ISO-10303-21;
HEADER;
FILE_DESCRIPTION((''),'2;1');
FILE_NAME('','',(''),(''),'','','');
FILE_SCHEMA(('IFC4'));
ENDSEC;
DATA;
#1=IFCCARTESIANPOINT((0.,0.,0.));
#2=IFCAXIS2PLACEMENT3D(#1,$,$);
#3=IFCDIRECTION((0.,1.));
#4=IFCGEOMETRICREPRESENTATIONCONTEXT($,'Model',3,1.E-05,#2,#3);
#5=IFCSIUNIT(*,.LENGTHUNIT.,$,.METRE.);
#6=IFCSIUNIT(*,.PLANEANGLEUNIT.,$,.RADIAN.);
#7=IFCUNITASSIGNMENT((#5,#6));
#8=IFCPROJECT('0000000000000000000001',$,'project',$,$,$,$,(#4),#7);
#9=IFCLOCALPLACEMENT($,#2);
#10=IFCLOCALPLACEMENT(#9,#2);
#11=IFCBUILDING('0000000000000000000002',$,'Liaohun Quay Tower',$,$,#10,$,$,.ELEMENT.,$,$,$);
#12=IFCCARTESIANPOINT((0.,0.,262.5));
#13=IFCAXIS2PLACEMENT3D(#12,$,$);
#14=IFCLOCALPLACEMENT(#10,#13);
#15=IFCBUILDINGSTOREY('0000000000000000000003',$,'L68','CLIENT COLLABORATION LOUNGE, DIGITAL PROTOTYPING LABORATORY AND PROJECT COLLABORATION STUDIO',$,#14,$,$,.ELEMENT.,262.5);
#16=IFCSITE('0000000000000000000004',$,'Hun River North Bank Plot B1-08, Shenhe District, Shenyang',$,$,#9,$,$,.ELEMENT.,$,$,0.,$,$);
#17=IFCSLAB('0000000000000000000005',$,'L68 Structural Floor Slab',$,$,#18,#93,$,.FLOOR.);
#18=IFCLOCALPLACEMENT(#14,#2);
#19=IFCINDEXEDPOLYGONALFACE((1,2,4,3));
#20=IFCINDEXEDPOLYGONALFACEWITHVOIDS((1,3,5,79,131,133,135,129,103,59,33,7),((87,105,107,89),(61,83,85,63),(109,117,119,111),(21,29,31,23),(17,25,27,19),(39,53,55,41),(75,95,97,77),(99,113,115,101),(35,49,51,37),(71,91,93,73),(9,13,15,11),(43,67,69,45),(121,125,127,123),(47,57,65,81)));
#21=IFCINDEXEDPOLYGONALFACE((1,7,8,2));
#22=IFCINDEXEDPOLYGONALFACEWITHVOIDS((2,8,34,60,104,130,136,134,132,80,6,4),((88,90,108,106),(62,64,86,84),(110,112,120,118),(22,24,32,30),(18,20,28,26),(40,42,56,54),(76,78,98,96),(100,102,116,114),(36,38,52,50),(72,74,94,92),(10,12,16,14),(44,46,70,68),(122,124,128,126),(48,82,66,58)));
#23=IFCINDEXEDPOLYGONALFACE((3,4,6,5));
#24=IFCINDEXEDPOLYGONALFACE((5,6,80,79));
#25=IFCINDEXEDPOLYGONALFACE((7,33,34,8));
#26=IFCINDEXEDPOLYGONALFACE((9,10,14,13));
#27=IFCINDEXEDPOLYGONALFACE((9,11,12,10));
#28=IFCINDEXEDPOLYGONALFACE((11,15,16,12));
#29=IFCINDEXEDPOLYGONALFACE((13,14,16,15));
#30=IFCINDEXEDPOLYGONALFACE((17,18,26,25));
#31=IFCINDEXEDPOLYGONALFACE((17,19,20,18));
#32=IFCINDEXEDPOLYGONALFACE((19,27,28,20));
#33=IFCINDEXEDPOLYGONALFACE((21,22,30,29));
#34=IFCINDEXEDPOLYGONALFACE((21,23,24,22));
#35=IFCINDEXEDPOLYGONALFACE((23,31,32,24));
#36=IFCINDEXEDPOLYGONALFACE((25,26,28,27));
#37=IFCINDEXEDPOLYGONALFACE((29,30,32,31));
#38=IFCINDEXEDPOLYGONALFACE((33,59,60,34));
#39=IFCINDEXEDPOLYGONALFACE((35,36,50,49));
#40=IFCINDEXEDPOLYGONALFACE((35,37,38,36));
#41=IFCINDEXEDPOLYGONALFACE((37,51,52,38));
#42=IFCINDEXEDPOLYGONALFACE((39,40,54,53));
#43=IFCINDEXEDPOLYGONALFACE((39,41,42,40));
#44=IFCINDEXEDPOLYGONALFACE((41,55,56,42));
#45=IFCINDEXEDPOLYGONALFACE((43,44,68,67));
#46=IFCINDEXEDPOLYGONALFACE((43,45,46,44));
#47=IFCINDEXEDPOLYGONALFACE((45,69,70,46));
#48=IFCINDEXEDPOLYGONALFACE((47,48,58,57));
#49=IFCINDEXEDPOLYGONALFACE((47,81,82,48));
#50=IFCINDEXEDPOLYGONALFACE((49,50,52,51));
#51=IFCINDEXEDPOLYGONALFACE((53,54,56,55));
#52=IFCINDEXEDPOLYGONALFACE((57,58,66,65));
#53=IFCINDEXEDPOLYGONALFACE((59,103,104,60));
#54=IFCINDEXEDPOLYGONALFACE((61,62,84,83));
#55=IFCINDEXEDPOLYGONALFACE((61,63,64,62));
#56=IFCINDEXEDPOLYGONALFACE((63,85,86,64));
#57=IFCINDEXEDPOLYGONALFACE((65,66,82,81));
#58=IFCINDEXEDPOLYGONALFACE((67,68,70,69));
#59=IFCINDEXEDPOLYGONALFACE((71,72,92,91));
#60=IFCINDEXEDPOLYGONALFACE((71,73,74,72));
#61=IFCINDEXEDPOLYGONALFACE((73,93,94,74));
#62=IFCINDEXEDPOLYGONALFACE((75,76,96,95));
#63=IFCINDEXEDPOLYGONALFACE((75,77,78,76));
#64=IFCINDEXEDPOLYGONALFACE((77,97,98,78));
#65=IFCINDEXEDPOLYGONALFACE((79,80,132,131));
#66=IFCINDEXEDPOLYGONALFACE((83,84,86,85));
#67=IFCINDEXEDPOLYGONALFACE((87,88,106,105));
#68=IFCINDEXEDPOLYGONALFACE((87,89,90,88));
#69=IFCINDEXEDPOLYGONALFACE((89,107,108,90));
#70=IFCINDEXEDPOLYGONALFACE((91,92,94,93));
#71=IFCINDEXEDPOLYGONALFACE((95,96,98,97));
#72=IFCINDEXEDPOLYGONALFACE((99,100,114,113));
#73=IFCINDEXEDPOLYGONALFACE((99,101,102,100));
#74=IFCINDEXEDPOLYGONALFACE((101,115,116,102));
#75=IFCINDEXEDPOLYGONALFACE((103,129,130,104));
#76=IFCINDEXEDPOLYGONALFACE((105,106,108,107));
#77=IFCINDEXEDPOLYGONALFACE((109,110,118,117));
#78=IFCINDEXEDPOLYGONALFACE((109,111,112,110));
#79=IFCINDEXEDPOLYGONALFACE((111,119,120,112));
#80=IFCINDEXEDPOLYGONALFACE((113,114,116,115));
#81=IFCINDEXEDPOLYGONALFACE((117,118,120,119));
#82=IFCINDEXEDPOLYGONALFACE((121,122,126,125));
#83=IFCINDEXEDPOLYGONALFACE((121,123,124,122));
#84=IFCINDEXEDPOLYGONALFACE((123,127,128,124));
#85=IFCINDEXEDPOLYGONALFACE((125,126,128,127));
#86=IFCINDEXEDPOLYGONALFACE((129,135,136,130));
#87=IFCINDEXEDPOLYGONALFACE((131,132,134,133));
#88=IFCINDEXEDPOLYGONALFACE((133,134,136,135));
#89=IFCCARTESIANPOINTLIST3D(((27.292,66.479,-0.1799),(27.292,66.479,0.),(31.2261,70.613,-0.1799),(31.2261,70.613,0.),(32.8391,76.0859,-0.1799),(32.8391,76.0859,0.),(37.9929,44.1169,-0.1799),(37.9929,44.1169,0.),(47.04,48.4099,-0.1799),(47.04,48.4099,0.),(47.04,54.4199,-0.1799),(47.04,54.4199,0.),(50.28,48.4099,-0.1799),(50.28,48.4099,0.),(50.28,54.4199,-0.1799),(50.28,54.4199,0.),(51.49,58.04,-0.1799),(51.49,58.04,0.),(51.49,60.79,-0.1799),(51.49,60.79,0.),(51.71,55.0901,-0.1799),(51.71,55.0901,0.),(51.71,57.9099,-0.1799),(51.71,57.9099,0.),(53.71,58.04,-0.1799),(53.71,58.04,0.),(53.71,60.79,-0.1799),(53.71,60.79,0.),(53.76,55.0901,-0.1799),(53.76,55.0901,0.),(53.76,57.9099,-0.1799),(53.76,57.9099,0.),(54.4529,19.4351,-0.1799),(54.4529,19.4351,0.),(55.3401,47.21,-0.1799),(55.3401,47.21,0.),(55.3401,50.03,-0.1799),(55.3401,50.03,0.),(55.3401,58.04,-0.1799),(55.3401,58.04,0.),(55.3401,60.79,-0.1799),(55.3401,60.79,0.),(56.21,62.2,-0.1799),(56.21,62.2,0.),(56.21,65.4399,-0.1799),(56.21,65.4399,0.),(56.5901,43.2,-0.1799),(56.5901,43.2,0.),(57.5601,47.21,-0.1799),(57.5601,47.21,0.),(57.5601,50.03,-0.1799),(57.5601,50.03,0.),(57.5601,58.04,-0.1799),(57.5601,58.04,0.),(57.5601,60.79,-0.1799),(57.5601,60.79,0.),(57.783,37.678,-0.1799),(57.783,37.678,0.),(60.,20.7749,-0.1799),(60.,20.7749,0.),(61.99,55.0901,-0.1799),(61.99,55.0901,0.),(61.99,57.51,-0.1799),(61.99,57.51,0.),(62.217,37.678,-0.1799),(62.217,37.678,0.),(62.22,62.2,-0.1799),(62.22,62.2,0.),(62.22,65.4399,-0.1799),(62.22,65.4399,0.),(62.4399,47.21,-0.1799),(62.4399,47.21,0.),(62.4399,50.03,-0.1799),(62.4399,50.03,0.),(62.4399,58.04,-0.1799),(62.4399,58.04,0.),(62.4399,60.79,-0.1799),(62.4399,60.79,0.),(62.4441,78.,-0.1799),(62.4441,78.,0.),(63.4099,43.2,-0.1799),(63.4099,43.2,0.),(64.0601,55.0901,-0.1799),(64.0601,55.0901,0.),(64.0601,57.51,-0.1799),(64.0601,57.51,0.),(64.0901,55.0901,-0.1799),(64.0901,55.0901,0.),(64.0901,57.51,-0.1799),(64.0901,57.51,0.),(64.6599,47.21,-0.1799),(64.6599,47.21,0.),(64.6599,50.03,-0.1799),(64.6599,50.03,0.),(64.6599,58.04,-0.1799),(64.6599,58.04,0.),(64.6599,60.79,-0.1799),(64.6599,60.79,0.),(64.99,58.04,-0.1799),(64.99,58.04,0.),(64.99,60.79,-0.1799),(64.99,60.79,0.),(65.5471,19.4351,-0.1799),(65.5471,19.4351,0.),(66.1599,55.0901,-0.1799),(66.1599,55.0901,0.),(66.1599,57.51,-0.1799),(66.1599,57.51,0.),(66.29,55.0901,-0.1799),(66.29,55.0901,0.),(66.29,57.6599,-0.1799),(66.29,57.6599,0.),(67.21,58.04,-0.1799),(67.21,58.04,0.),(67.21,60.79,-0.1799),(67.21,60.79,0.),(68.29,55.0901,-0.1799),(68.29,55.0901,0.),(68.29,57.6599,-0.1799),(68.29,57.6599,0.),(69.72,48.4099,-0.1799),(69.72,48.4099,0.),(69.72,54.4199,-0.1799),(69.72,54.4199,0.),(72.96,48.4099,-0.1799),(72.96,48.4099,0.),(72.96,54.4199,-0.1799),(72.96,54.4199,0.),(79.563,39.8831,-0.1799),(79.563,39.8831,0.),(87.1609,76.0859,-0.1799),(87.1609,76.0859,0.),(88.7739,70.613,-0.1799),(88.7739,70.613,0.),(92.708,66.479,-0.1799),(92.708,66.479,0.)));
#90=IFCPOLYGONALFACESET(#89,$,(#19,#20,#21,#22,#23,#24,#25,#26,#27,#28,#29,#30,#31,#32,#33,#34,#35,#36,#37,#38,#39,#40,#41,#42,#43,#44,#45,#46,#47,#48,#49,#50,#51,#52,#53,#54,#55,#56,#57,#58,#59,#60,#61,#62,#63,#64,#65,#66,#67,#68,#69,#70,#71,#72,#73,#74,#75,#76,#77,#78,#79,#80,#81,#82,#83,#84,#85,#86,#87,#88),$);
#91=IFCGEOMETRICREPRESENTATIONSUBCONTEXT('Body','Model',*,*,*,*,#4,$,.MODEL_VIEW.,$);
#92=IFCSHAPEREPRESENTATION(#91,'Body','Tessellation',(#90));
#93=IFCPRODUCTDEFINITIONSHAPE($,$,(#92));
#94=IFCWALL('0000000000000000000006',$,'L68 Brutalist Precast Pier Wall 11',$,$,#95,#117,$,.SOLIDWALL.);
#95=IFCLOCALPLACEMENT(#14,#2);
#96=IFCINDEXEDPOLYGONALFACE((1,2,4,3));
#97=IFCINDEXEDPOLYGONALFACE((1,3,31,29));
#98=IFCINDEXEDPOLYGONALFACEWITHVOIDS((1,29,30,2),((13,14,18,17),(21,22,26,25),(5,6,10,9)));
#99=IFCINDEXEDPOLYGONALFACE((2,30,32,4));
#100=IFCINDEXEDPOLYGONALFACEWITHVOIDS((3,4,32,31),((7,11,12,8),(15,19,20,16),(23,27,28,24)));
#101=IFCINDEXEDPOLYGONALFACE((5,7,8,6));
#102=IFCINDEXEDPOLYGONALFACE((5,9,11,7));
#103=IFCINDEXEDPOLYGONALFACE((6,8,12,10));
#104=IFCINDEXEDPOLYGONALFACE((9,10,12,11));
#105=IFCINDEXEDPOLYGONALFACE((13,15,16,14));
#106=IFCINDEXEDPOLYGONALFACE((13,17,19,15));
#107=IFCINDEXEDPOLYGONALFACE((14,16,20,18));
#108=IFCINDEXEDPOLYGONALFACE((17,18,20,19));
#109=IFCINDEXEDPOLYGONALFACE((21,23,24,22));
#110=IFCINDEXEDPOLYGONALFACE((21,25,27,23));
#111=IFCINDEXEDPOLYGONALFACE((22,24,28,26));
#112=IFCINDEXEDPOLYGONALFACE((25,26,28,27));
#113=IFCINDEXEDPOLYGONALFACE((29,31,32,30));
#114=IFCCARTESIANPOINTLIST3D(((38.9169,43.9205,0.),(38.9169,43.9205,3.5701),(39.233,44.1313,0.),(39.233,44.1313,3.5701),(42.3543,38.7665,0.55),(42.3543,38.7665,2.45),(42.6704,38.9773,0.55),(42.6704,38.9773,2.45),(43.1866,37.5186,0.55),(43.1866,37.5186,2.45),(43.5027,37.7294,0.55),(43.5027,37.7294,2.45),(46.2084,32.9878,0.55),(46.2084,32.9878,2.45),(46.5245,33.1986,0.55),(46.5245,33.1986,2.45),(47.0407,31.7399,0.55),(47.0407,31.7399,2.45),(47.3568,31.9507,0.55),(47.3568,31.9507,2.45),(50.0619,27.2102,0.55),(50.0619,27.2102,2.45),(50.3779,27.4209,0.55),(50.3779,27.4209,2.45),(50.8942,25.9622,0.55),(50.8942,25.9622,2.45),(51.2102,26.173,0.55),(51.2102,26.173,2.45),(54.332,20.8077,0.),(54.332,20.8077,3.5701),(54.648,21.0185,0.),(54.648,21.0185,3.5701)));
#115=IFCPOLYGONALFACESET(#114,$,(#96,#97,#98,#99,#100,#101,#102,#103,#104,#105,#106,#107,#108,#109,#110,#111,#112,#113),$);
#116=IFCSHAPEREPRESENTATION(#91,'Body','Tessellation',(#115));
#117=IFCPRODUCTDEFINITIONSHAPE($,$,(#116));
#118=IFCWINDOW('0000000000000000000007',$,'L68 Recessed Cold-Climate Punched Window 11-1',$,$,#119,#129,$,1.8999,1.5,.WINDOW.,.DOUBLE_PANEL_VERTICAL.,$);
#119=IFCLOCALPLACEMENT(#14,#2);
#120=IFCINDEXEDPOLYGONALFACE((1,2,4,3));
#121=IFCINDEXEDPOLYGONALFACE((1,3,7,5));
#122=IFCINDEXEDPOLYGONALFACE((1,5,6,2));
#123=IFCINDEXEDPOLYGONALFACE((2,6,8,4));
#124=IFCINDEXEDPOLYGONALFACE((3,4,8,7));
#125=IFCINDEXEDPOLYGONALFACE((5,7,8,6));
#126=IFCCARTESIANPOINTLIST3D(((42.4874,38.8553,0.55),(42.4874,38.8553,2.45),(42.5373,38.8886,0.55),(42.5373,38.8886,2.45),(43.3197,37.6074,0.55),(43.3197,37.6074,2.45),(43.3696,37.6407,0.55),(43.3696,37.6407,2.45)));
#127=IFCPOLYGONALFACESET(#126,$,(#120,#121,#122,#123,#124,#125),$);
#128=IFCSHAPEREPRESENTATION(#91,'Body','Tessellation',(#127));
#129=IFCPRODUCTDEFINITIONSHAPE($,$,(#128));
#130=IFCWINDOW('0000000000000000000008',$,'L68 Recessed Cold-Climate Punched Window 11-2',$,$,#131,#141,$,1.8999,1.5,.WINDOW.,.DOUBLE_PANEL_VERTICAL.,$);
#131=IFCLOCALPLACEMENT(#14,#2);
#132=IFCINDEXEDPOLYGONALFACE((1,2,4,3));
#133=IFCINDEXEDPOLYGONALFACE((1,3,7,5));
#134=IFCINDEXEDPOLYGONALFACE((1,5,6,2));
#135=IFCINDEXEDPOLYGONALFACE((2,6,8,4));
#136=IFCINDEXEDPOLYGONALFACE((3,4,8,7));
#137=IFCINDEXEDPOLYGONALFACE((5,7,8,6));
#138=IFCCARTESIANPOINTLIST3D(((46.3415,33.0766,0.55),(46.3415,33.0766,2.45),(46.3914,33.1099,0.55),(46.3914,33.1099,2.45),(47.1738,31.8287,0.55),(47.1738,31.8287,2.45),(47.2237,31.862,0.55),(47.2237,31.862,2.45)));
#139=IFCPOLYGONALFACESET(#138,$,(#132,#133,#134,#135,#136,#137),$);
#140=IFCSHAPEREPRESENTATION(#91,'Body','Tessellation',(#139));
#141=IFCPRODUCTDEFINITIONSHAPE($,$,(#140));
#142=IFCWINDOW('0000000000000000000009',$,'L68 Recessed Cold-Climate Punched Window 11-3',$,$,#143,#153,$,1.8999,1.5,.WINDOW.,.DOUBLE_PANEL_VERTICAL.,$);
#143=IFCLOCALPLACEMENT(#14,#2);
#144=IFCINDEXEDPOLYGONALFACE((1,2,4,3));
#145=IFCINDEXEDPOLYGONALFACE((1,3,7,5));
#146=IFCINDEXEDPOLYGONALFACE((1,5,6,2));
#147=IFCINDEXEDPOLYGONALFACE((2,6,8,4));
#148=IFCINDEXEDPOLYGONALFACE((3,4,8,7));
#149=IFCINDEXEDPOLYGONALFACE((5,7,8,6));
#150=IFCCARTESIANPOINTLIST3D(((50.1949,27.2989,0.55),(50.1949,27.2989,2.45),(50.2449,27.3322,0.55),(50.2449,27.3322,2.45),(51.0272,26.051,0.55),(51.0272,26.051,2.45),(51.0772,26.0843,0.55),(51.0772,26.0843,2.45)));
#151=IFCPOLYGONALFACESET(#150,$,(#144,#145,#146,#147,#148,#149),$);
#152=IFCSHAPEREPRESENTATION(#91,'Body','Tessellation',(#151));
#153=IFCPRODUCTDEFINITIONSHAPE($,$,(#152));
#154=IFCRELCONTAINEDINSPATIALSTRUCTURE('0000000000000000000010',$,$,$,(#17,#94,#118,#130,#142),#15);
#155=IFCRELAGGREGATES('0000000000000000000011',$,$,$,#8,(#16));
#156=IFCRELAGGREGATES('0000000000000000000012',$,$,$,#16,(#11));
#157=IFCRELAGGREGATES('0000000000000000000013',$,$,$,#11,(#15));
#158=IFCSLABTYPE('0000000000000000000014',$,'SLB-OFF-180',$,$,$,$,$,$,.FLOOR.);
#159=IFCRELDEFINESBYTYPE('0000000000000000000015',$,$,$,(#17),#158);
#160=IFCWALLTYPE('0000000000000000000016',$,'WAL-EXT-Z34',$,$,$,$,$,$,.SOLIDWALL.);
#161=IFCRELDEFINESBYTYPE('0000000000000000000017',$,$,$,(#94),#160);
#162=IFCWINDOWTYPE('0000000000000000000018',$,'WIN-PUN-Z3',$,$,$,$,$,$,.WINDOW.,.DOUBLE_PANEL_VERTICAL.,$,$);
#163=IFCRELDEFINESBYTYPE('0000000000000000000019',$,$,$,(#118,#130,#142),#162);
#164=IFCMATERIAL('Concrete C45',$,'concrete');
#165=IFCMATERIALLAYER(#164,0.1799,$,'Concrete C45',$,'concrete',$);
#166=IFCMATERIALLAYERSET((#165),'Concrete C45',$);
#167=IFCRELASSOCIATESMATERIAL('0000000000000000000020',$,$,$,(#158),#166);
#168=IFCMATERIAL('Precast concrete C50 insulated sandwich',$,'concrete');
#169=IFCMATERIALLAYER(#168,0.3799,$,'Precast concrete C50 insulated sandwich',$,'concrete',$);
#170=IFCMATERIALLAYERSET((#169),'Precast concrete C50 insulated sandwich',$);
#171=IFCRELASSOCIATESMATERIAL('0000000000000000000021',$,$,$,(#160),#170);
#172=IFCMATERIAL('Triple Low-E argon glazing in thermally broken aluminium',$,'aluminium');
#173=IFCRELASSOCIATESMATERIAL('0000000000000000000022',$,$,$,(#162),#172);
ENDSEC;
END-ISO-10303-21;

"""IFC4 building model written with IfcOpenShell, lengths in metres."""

from ifc_helpers import new_model, si_unit, direction, frame, frame_2d, origin, place, context, subcontext, project, spatial, polyline, rectangle, outline, extrude, source, transform, mapped, material, layer, layer_set, type_object, element, fill, save


model = new_model("IFC4")

# Units and contexts
model_context = context("Model", 3, precision=1e-05, world=origin(), true_north=direction((0.0, 1.0)))
body_context = subcontext(model_context, "Body", "Model", "MODEL_VIEW")
ifc_project = project(units=[si_unit("LENGTHUNIT", "METRE"), si_unit("PLANEANGLEUNIT", "RADIAN")], contexts=[model_context])

# Site, building, storey
site_placement = place(None, origin())
site = spatial("IfcSite", under=ifc_project, at=site_placement, Name="Hun River North Bank Plot B1-08, Shenhe District, Shenyang", CompositionType="ELEMENT", RefElevation=0.0)
building_placement = place(site_placement, origin())
building = spatial("IfcBuilding", under=site, at=building_placement, Name="Liaohun Quay Tower", CompositionType="ELEMENT")
storey_placement = place(building_placement, frame((0.0, 0.0, 262.5)))
storey = spatial("IfcBuildingStorey", under=building, at=storey_placement, Name="L68", Description="CLIENT COLLABORATION LOUNGE, DIGITAL PROTOTYPING LABORATORY AND PROJECT COLLABORATION STUDIO", CompositionType="ELEMENT", Elevation=262.5)

# Shared definitions
ifc_material_1 = material(Name="Concrete C45", Category="concrete")

# Slab
ifc_layer_1 = layer(ifc_material_1, 0.1799, Name="Concrete C45", Category="concrete")
ifc_layer_set_1 = layer_set([ifc_layer_1], Name="Concrete C45")
slab_type_1 = type_object("IfcSlabType", Name="SLB-OFF-180", PredefinedType="FLOOR", material=ifc_layer_set_1)
slab_1_placement = place(storey_placement, frame((0.0, 0.0, -0.1799)))
element("IfcSlab", 1, at=slab_1_placement, inside=storey, type_object=slab_type_1, Name="L68 Structural Floor Slab", PredefinedType="FLOOR", context=body_context, shape_type="SweptSolid", body=[
    extrude(outline(polyline([(54.4529, 19.4351), (60.0, 20.7749), (65.5471, 19.4351), (79.563, 39.8831), (92.708, 66.479), (88.7739, 70.613), (87.1609, 76.0859), (62.4441, 78.0), (32.8391, 76.0859), (31.2261, 70.613), (27.292, 66.479), (37.9929, 44.1169), (54.4529, 19.4351)]), holes=[polyline([(63.4099, 43.2), (56.5901, 43.2), (57.783, 37.678), (62.217, 37.678), (63.4099, 43.2)]), polyline([(57.5601, 47.21), (57.5601, 50.03), (55.3401, 50.03), (55.3401, 47.21), (57.5601, 47.21)]), polyline([(50.28, 54.4199), (47.04, 54.4199), (47.04, 48.4099), (50.28, 48.4099), (50.28, 54.4199)]), polyline([(53.76, 55.0901), (53.76, 57.9099), (51.71, 57.9099), (51.71, 55.0901), (53.76, 55.0901)]), polyline([(53.71, 58.04), (53.71, 60.79), (51.49, 60.79), (51.49, 58.04), (53.71, 58.04)]), polyline([(57.5601, 58.04), (57.5601, 60.79), (55.3401, 60.79), (55.3401, 58.04), (57.5601, 58.04)]), polyline([(62.22, 62.2), (62.22, 65.4399), (56.21, 65.4399), (56.21, 62.2), (62.22, 62.2)]), polyline([(64.6599, 50.03), (62.4399, 50.03), (62.4399, 47.21), (64.6599, 47.21), (64.6599, 50.03)]), polyline([(72.96, 54.4199), (69.72, 54.4199), (69.72, 48.4099), (72.96, 48.4099), (72.96, 54.4199)]), polyline([(64.0601, 55.0901), (64.0601, 57.51), (61.99, 57.51), (61.99, 55.0901), (64.0601, 55.0901)]), polyline([(66.1599, 55.0901), (66.1599, 57.51), (64.0901, 57.51), (64.0901, 55.0901), (66.1599, 55.0901)]), polyline([(68.29, 55.0901), (68.29, 57.6599), (66.29, 57.6599), (66.29, 55.0901), (68.29, 55.0901)]), polyline([(64.6599, 58.04), (64.6599, 60.79), (62.4399, 60.79), (62.4399, 58.04), (64.6599, 58.04)]), polyline([(67.21, 58.04), (67.21, 60.79), (64.99, 60.79), (64.99, 58.04), (67.21, 58.04)])]), origin(), (0.0, 0.0, 1.0), 0.1799),
])

# Wall, openings, windows
ifc_material_2 = material(Name="Precast concrete C50 insulated sandwich", Category="concrete")
ifc_layer_2 = layer(ifc_material_2, 0.3799, Name="Precast concrete C50 insulated sandwich", Category="concrete")
ifc_layer_set_2 = layer_set([ifc_layer_2], Name="Precast concrete C50 insulated sandwich")
wall_type_1 = type_object("IfcWallType", Name="WAL-EXT-Z34", PredefinedType="SOLIDWALL", material=ifc_layer_set_2)
wall_1_placement = place(storey_placement, frame((39.075, 44.0259, 0.0), z_axis=(0.0, 0.0, 1.0), x_axis=(0.554862, -0.831942, 0.0)))
wall_1 = element("IfcWall", 2, at=wall_1_placement, inside=storey, type_object=wall_type_1, Name="L68 Brutalist Precast Pier Wall 11", PredefinedType="SOLIDWALL", context=body_context, shape_type="SweptSolid", body=[
    extrude(rectangle(XDim=27.7817, YDim=0.3799, at=frame_2d((13.8909, 0.0))), origin(), (0.0, 0.0, 1.0), 3.5701),
])
shared_shape_1 = source(origin(), body_context, "Body", "SweptSolid", [
    extrude(rectangle(XDim=1.5, YDim=1.8999, at=frame_2d((0.75, 0.95))), frame((0.0, 0.2, 0.0), z_axis=(0.0, -1.0, 0.0), x_axis=(1.0, 0.0, 0.0)), (0.0, 0.0, 1.0), 0.3999),
])
opening_1_placement = place(wall_1_placement, frame((6.1951, 0.0, 0.55)))
opening_1 = element("IfcOpeningElement", 3, at=opening_1_placement, cuts=wall_1, PredefinedType="OPENING", context=body_context, shape_type="MappedRepresentation", body=[
    mapped(shared_shape_1, transform((0.0, 0.0, 0.0), x_axis=(1.0, 0.0, 0.0), y_axis=(0.0, 1.0, 0.0), z_axis=(0.0, 0.0, 1.0), scale=1.0)),
])
opening_2_placement = place(wall_1_placement, frame((13.1411, 0.0, 0.55)))
opening_2 = element("IfcOpeningElement", 4, at=opening_2_placement, cuts=wall_1, PredefinedType="OPENING", context=body_context, shape_type="MappedRepresentation", body=[
    mapped(shared_shape_1, transform((0.0, 0.0, 0.0), x_axis=(1.0, 0.0, 0.0), y_axis=(0.0, 1.0, 0.0), z_axis=(0.0, 0.0, 1.0), scale=1.0)),
])
opening_3_placement = place(wall_1_placement, frame((20.0859, 0.0, 0.55)))
opening_3 = element("IfcOpeningElement", 5, at=opening_3_placement, cuts=wall_1, PredefinedType="OPENING", context=body_context, shape_type="MappedRepresentation", body=[
    mapped(shared_shape_1, transform((0.0, 0.0, 0.0), x_axis=(1.0, 0.0, 0.0), y_axis=(0.0, 1.0, 0.0), z_axis=(0.0, 0.0, 1.0), scale=1.0)),
])
ifc_material_3 = material(Name="Triple Low-E argon glazing in thermally broken aluminium", Category="aluminium")
window_type = type_object("IfcWindowType", Name="WIN-PUN-Z3", PartitioningType="DOUBLE_PANEL_VERTICAL", PredefinedType="WINDOW", material=ifc_material_3)
shared_shape_2 = source(origin(), body_context, "Body", "SweptSolid", [
    extrude(rectangle(XDim=1.5, YDim=1.8999, at=frame_2d((0.75, 0.95))), frame((0.0, 0.03, 0.0), z_axis=(0.0, -1.0, 0.0), x_axis=(1.0, 0.0, 0.0)), (0.0, 0.0, 1.0), 0.0601),
])
window_1_placement = place(opening_1_placement, origin())
window_1 = element("IfcWindow", 6, at=window_1_placement, inside=storey, type_object=window_type, Name="L68 Recessed Cold-Climate Punched Window 11-1", OverallHeight=1.8999, OverallWidth=1.5, PartitioningType="DOUBLE_PANEL_VERTICAL", PredefinedType="WINDOW", context=body_context, shape_type="MappedRepresentation", body=[
    mapped(shared_shape_2, transform((0.0, 0.0, 0.0), x_axis=(1.0, 0.0, 0.0), y_axis=(0.0, 1.0, 0.0), z_axis=(0.0, 0.0, 1.0), scale=1.0)),
])
fill(opening_1, window_1)
window_2_placement = place(opening_2_placement, origin())
window_2 = element("IfcWindow", 7, at=window_2_placement, inside=storey, type_object=window_type, Name="L68 Recessed Cold-Climate Punched Window 11-2", OverallHeight=1.8999, OverallWidth=1.5, PartitioningType="DOUBLE_PANEL_VERTICAL", PredefinedType="WINDOW", context=body_context, shape_type="MappedRepresentation", body=[
    mapped(shared_shape_2, transform((0.0, 0.0, 0.0), x_axis=(1.0, 0.0, 0.0), y_axis=(0.0, 1.0, 0.0), z_axis=(0.0, 0.0, 1.0), scale=1.0)),
])
fill(opening_2, window_2)
window_3_placement = place(opening_3_placement, origin())
window_3 = element("IfcWindow", 8, at=window_3_placement, inside=storey, type_object=window_type, Name="L68 Recessed Cold-Climate Punched Window 11-3", OverallHeight=1.8999, OverallWidth=1.5, PartitioningType="DOUBLE_PANEL_VERTICAL", PredefinedType="WINDOW", context=body_context, shape_type="MappedRepresentation", body=[
    mapped(shared_shape_2, transform((0.0, 0.0, 0.0), x_axis=(1.0, 0.0, 0.0), y_axis=(0.0, 1.0, 0.0), z_axis=(0.0, 0.0, 1.0), scale=1.0)),
])
fill(opening_3, window_3)

save(model, "model.ifc")
